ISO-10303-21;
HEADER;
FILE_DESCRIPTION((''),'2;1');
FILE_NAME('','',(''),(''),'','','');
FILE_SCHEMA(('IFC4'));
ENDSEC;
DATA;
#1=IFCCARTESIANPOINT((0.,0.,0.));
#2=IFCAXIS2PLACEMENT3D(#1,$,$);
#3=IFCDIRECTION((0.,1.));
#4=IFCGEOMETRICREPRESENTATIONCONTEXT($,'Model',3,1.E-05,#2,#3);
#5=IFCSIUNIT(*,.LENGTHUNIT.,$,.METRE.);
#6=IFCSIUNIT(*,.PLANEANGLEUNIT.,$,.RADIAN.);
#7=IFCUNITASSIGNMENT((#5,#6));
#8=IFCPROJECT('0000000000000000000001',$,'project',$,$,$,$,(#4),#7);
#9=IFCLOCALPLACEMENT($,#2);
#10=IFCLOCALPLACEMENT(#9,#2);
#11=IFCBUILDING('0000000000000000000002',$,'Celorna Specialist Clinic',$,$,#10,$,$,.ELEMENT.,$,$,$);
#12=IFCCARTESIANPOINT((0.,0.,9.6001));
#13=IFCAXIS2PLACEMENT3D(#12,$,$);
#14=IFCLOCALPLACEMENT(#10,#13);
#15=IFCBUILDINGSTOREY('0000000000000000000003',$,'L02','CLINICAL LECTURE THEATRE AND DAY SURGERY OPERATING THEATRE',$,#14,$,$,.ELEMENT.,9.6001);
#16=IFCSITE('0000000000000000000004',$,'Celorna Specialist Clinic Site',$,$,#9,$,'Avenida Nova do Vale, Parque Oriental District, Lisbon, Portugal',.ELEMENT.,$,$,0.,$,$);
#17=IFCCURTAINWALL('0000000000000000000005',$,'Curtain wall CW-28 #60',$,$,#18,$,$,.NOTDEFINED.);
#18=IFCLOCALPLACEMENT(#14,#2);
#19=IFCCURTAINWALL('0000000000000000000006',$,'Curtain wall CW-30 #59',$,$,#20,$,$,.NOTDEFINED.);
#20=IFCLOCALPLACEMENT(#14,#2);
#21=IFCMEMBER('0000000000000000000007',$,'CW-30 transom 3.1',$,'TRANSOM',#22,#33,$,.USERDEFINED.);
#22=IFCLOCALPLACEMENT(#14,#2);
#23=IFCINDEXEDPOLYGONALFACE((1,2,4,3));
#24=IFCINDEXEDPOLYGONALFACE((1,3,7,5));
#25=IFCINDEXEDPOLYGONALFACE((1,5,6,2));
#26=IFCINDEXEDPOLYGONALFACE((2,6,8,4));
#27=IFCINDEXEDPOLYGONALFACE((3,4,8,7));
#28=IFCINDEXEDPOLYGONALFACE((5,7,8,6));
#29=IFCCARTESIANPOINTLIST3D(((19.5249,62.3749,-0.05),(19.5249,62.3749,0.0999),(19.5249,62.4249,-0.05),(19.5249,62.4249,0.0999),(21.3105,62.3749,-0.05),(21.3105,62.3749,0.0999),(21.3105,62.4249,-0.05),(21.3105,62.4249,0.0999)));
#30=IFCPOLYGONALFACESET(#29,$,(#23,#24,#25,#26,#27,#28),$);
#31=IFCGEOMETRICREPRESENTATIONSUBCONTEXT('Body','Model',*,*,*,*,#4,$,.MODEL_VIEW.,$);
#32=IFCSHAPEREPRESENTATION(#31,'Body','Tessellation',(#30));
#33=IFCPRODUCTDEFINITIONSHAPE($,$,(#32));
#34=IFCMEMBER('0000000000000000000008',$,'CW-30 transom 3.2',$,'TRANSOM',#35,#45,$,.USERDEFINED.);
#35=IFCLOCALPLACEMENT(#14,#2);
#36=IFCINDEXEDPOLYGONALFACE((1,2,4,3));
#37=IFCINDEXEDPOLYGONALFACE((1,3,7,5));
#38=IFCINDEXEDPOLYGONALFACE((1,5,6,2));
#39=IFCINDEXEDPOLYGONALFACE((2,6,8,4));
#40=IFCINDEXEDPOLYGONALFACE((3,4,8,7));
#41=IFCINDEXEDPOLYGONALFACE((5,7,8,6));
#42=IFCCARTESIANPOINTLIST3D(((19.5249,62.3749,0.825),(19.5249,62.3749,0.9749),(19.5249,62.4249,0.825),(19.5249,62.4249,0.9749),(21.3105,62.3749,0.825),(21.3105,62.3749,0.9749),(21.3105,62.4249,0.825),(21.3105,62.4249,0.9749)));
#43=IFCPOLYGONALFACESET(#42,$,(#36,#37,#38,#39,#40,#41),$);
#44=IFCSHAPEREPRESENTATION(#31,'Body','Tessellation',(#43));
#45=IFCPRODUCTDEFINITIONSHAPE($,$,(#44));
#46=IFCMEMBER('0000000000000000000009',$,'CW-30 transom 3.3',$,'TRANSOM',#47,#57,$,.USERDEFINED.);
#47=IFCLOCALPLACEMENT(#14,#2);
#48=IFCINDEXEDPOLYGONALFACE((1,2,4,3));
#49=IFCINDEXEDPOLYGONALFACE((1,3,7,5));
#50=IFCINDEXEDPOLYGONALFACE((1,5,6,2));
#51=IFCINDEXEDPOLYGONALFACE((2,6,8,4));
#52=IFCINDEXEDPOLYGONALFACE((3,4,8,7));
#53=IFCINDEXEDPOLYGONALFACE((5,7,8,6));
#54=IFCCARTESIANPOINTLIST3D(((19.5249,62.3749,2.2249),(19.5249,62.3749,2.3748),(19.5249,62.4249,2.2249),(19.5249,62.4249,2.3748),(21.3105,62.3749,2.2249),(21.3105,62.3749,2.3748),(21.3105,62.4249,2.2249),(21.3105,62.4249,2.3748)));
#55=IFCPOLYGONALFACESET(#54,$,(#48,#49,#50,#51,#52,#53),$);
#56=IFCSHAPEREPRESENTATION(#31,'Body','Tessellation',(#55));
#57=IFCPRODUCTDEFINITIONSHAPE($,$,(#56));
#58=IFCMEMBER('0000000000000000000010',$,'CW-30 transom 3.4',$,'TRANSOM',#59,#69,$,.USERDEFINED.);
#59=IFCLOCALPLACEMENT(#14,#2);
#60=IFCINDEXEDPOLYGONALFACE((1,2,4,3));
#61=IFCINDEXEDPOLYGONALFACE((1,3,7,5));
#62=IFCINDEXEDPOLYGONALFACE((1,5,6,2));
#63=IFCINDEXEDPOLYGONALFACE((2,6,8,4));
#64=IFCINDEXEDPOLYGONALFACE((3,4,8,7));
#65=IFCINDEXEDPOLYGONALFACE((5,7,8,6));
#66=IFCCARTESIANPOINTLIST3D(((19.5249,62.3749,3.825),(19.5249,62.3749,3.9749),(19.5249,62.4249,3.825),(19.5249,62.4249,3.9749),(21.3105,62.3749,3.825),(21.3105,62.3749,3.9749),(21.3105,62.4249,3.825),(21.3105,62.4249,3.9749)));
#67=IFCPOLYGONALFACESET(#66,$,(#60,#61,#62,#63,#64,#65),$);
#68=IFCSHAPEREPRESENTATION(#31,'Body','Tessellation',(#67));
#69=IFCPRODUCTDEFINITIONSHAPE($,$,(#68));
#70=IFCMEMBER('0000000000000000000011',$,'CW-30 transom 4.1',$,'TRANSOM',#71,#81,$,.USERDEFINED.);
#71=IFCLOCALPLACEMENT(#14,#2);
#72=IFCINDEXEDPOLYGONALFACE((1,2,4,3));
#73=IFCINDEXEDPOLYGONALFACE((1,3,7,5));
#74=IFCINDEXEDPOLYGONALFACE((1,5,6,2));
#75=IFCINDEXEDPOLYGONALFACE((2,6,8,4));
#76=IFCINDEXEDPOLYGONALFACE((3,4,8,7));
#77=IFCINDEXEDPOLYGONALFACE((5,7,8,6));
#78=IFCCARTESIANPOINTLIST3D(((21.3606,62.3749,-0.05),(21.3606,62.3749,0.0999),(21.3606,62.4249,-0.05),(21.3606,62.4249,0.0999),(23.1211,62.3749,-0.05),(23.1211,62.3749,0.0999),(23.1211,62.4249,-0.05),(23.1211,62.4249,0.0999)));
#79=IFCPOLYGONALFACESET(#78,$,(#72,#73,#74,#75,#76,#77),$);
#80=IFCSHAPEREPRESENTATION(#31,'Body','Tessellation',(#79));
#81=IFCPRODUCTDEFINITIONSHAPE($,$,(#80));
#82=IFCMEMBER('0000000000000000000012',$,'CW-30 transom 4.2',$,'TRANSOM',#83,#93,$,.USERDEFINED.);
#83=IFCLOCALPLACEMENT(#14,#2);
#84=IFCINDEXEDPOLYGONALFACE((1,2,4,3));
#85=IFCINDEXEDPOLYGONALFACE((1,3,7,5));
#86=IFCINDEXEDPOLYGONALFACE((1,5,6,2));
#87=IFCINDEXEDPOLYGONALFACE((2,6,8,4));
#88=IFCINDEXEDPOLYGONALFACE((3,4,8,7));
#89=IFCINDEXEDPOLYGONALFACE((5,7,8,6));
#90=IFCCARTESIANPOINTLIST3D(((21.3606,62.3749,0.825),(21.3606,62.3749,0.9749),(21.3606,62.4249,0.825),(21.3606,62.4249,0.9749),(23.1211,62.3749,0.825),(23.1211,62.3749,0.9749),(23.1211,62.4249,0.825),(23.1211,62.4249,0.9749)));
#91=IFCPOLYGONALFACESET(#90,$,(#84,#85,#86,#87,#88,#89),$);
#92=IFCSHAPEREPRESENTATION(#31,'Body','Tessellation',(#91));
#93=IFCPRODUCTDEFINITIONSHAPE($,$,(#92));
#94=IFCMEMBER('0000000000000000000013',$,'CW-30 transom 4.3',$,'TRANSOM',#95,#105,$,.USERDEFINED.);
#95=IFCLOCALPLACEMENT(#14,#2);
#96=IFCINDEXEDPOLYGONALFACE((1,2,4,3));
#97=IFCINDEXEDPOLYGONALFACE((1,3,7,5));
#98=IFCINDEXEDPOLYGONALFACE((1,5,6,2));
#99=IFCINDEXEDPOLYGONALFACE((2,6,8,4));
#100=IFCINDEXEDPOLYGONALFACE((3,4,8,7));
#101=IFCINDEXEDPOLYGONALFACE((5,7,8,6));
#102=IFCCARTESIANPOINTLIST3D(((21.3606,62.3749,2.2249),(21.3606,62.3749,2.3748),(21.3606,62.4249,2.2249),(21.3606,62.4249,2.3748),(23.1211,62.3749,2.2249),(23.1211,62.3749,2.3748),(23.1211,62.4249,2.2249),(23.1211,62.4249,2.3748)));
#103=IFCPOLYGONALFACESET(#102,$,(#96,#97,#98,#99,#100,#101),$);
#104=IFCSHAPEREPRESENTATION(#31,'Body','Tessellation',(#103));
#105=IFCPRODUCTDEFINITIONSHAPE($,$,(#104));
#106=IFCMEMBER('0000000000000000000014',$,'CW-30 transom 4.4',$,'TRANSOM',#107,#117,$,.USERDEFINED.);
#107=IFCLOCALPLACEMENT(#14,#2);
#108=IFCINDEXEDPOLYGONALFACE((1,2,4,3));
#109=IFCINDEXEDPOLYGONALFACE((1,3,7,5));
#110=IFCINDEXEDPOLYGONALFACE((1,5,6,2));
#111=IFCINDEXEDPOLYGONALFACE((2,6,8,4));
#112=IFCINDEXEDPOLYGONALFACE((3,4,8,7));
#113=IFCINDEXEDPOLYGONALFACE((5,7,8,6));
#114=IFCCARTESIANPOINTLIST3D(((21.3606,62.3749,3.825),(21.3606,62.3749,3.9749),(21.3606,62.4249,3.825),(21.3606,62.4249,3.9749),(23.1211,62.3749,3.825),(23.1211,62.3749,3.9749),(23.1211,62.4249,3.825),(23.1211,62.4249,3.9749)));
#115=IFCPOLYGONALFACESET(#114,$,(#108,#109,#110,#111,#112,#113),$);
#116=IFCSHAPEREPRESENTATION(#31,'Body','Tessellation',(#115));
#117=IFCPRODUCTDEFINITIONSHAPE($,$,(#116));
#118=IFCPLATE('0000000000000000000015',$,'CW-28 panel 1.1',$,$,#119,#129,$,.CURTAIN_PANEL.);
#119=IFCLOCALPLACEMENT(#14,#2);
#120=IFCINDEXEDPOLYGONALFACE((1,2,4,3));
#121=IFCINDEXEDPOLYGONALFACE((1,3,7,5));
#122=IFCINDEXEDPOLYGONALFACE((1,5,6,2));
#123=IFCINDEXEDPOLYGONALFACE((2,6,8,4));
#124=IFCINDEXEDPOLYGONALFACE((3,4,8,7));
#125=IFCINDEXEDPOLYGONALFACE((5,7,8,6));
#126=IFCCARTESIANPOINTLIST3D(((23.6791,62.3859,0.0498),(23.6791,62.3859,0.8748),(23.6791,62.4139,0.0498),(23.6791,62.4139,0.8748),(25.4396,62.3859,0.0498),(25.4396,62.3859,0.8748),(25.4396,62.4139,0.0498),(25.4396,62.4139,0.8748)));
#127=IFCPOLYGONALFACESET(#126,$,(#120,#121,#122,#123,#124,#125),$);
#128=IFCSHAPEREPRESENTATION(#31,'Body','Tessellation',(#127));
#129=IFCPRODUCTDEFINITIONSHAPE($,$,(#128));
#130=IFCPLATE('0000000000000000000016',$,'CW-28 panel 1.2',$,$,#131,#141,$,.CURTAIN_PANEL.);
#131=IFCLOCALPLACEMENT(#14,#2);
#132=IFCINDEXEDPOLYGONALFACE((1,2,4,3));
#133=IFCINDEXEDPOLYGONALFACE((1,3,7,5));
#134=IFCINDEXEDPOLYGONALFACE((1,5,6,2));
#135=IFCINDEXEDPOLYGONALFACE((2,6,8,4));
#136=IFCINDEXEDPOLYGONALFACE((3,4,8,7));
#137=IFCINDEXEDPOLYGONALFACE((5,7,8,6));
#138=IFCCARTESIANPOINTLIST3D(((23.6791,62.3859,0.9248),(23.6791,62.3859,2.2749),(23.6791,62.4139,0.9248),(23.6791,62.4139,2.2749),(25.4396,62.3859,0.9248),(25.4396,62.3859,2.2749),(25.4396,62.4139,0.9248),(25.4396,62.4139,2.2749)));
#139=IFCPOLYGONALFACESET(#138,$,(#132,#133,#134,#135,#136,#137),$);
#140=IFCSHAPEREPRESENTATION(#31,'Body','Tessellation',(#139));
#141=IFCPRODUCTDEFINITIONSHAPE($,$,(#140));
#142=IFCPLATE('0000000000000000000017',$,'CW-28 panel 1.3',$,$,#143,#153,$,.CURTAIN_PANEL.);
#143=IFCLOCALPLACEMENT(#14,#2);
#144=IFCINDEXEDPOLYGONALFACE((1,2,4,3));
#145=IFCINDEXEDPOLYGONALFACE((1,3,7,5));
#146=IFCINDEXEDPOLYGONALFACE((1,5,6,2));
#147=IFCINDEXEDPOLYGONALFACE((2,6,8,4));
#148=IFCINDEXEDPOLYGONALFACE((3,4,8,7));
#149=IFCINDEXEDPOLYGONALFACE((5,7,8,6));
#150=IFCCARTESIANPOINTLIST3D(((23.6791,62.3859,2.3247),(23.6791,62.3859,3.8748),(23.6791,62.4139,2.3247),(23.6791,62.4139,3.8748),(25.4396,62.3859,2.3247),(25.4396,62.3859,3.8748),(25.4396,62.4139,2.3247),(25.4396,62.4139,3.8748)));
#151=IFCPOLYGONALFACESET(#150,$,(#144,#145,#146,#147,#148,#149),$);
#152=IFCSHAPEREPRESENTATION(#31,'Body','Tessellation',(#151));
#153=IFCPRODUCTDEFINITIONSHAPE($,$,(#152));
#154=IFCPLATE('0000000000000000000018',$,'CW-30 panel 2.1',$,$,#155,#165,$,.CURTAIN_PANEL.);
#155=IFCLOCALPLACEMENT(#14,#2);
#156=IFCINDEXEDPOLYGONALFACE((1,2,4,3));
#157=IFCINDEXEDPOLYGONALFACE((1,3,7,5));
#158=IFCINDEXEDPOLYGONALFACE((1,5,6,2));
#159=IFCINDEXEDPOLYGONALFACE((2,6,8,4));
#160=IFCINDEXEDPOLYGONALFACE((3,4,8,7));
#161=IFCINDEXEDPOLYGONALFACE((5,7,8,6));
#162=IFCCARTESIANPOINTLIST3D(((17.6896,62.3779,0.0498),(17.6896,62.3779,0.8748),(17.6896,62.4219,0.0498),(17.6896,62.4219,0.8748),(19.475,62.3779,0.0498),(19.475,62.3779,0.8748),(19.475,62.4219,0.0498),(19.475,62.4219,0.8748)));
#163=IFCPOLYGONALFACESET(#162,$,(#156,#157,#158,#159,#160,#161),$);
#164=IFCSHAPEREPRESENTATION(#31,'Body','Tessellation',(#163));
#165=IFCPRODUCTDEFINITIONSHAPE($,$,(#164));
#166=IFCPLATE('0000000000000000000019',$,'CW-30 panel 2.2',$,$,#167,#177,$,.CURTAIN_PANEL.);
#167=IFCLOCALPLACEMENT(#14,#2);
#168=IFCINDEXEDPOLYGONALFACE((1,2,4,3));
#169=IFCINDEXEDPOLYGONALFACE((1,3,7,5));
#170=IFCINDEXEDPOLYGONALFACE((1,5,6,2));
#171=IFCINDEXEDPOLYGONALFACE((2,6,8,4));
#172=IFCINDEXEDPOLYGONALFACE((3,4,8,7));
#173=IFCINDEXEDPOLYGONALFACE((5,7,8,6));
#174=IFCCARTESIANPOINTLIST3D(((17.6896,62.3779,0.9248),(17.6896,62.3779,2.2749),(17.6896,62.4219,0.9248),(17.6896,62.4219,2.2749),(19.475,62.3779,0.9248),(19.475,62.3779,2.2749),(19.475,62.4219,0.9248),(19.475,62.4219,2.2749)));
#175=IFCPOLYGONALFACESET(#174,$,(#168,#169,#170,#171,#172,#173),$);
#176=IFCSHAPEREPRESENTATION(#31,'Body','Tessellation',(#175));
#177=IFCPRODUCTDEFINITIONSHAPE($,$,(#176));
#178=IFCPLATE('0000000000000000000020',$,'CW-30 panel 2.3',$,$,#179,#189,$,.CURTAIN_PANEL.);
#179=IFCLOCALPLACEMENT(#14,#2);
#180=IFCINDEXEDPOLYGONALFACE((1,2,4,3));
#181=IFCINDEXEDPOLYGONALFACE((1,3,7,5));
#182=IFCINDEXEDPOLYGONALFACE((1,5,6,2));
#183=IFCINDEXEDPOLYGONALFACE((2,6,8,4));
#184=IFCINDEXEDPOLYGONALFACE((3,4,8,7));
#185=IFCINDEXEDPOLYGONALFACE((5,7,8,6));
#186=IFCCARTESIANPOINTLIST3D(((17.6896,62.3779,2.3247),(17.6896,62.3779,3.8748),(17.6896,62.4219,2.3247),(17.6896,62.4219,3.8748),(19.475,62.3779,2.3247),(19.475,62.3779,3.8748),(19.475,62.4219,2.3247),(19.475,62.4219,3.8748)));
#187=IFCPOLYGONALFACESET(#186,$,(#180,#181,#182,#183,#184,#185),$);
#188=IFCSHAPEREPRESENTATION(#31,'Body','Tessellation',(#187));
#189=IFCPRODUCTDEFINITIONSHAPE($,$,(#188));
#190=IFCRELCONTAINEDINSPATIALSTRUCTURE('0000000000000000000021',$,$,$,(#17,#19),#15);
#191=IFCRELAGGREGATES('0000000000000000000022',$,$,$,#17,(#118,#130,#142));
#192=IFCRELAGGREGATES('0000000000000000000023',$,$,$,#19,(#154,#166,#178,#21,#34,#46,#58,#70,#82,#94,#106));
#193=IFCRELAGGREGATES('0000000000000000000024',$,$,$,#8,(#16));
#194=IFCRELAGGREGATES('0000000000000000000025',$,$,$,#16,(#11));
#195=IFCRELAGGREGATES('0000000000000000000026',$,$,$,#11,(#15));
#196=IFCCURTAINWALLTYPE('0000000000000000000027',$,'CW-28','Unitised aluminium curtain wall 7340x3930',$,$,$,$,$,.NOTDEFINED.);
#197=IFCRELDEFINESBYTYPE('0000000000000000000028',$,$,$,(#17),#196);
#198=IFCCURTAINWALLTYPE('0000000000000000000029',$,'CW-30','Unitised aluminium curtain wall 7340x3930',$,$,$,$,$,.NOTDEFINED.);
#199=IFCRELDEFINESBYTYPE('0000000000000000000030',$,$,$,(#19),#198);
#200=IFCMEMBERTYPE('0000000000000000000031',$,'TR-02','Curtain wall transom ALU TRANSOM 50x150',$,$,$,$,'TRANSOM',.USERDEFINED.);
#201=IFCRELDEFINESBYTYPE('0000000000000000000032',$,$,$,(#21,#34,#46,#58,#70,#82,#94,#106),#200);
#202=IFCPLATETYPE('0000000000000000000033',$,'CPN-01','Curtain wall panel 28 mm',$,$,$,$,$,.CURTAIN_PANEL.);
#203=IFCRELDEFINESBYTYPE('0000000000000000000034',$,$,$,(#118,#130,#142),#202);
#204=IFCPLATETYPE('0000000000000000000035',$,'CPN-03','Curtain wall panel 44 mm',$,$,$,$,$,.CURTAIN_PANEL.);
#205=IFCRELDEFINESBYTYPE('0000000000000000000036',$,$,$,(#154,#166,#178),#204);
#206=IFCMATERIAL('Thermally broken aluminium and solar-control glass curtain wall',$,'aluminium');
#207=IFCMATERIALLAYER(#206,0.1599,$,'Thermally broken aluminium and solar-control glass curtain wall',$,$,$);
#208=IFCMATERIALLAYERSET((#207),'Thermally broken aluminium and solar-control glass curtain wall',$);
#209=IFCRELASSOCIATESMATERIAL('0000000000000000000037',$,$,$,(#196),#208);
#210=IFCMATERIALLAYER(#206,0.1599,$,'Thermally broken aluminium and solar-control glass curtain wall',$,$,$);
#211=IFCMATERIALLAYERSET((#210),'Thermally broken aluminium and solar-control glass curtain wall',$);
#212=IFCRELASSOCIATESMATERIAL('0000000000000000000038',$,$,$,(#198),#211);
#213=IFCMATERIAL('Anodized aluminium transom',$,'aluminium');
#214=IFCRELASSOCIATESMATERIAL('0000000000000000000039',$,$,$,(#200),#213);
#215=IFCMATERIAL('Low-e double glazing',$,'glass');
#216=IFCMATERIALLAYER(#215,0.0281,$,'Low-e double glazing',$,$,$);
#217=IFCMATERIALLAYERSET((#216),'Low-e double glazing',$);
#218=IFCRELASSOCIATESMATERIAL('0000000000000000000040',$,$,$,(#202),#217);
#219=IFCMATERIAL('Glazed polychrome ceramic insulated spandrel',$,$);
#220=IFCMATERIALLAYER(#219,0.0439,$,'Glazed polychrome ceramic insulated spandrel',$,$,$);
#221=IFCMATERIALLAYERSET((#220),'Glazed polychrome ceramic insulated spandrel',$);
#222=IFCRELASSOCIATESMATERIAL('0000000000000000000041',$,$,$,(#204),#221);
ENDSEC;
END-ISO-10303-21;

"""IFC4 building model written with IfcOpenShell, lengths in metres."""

from ifc_helpers import new_model, si_unit, direction, frame, origin, origin_2d, place, context, subcontext, project, spatial, rectangle, extrude, material, layer, layer_set, material_profile, profile_set, type_object, element, aggregate, save


model = new_model("IFC4")

# Units and contexts
model_context = context("Model", 3, precision=1e-05, world=origin(), true_north=direction((0.0, 1.0)))
body_context = subcontext(model_context, "Body", "Model", "MODEL_VIEW")
ifc_project = project(units=[si_unit("LENGTHUNIT", "METRE"), si_unit("PLANEANGLEUNIT", "RADIAN")], contexts=[model_context])

# Site, building, storey
site_placement = place(None, origin())
site = spatial("IfcSite", under=ifc_project, at=site_placement, Name="Celorna Specialist Clinic Site", LongName="Avenida Nova do Vale, Parque Oriental District, Lisbon, Portugal", CompositionType="ELEMENT", RefElevation=0.0)
building_placement = place(site_placement, origin())
building = spatial("IfcBuilding", under=site, at=building_placement, Name="Celorna Specialist Clinic", CompositionType="ELEMENT")
storey_placement = place(building_placement, frame((0.0, 0.0, 9.6001)))
storey = spatial("IfcBuildingStorey", under=building, at=storey_placement, Name="L02", Description="CLINICAL LECTURE THEATRE AND DAY SURGERY OPERATING THEATRE", CompositionType="ELEMENT", Elevation=9.6001)

# Curtain walls
ifc_material_1 = material(Name="Thermally broken aluminium and solar-control glass curtain wall", Category="aluminium")
ifc_layer_1 = layer(ifc_material_1, 0.1599, Name="Thermally broken aluminium and solar-control glass curtain wall")
ifc_layer_set_1 = layer_set([ifc_layer_1], Name="Thermally broken aluminium and solar-control glass curtain wall")
curtain_wall_type_1 = type_object("IfcCurtainWallType", Name="CW-28", Description="Unitised aluminium curtain wall 7340x3930", PredefinedType="NOTDEFINED", material=ifc_layer_set_1)
curtain_wall_1_placement = place(storey_placement, origin())
curtain_wall_1 = element("IfcCurtainWall", 1, at=curtain_wall_1_placement, inside=storey, type_object=curtain_wall_type_1, Name="Curtain wall CW-28 #60", PredefinedType="NOTDEFINED")
ifc_layer_2 = layer(ifc_material_1, 0.1599, Name="Thermally broken aluminium and solar-control glass curtain wall")
ifc_layer_set_2 = layer_set([ifc_layer_2], Name="Thermally broken aluminium and solar-control glass curtain wall")
curtain_wall_type_2 = type_object("IfcCurtainWallType", Name="CW-30", Description="Unitised aluminium curtain wall 7340x3930", PredefinedType="NOTDEFINED", material=ifc_layer_set_2)
curtain_wall_2_placement = place(storey_placement, origin())
curtain_wall_2 = element("IfcCurtainWall", 2, at=curtain_wall_2_placement, inside=storey, type_object=curtain_wall_type_2, Name="Curtain wall CW-30 #59", PredefinedType="NOTDEFINED")

# Members
ifc_material_2 = material(Name="Anodized aluminium transom", Category="aluminium")
ifc_material_profile_1 = material_profile(ifc_material_2, rectangle(XDim=0.05, YDim=0.1499, at=origin_2d()), Name="ALU TRANSOM 50x150")
ifc_profile_set_1 = profile_set([ifc_material_profile_1], Name="Anodized aluminium transom")
member_type_1 = type_object("IfcMemberType", Name="TR-02", Description="Curtain wall transom ALU TRANSOM 50x150", ElementType="TRANSOM", PredefinedType="USERDEFINED", material=ifc_profile_set_1)
member_1_placement = place(storey_placement, frame((19.5249, 62.3999, 0.0249), z_axis=(1.0, 0.0, 0.0), x_axis=(0.0, 1.0, 0.0)))
member_1 = element("IfcMember", 3, at=member_1_placement, type_object=member_type_1, Name="CW-30 transom 3.1", ObjectType="TRANSOM", PredefinedType="USERDEFINED", context=body_context, shape_type="SweptSolid", body=[
    extrude(rectangle(XDim=0.05, YDim=0.1499, at=origin_2d()), origin(), (0.0, 0.0, 1.0), 1.7856),
])
member_2_placement = place(storey_placement, frame((19.5249, 62.3999, 0.8999), z_axis=(1.0, 0.0, 0.0), x_axis=(0.0, 1.0, 0.0)))
member_2 = element("IfcMember", 4, at=member_2_placement, type_object=member_type_1, Name="CW-30 transom 3.2", ObjectType="TRANSOM", PredefinedType="USERDEFINED", context=body_context, shape_type="SweptSolid", body=[
    extrude(rectangle(XDim=0.05, YDim=0.1499, at=origin_2d()), origin(), (0.0, 0.0, 1.0), 1.7856),
])
member_3_placement = place(storey_placement, frame((19.5249, 62.3999, 2.2998), z_axis=(1.0, 0.0, 0.0), x_axis=(0.0, 1.0, 0.0)))
member_3 = element("IfcMember", 5, at=member_3_placement, type_object=member_type_1, Name="CW-30 transom 3.3", ObjectType="TRANSOM", PredefinedType="USERDEFINED", context=body_context, shape_type="SweptSolid", body=[
    extrude(rectangle(XDim=0.05, YDim=0.1499, at=origin_2d()), origin(), (0.0, 0.0, 1.0), 1.7856),
])
member_4_placement = place(storey_placement, frame((19.5249, 62.3999, 3.8999), z_axis=(1.0, 0.0, 0.0), x_axis=(0.0, 1.0, 0.0)))
member_4 = element("IfcMember", 6, at=member_4_placement, type_object=member_type_1, Name="CW-30 transom 3.4", ObjectType="TRANSOM", PredefinedType="USERDEFINED", context=body_context, shape_type="SweptSolid", body=[
    extrude(rectangle(XDim=0.05, YDim=0.1499, at=origin_2d()), origin(), (0.0, 0.0, 1.0), 1.7856),
])
member_5_placement = place(storey_placement, frame((21.3606, 62.3999, 0.0249), z_axis=(1.0, 0.0, 0.0), x_axis=(0.0, 1.0, 0.0)))
member_5 = element("IfcMember", 7, at=member_5_placement, type_object=member_type_1, Name="CW-30 transom 4.1", ObjectType="TRANSOM", PredefinedType="USERDEFINED", context=body_context, shape_type="SweptSolid", body=[
    extrude(rectangle(XDim=0.05, YDim=0.1499, at=origin_2d()), origin(), (0.0, 0.0, 1.0), 1.7605),
])
member_6_placement = place(storey_placement, frame((21.3606, 62.3999, 0.8999), z_axis=(1.0, 0.0, 0.0), x_axis=(0.0, 1.0, 0.0)))
member_6 = element("IfcMember", 8, at=member_6_placement, type_object=member_type_1, Name="CW-30 transom 4.2", ObjectType="TRANSOM", PredefinedType="USERDEFINED", context=body_context, shape_type="SweptSolid", body=[
    extrude(rectangle(XDim=0.05, YDim=0.1499, at=origin_2d()), origin(), (0.0, 0.0, 1.0), 1.7605),
])
member_7_placement = place(storey_placement, frame((21.3606, 62.3999, 2.2998), z_axis=(1.0, 0.0, 0.0), x_axis=(0.0, 1.0, 0.0)))
member_7 = element("IfcMember", 9, at=member_7_placement, type_object=member_type_1, Name="CW-30 transom 4.3", ObjectType="TRANSOM", PredefinedType="USERDEFINED", context=body_context, shape_type="SweptSolid", body=[
    extrude(rectangle(XDim=0.05, YDim=0.1499, at=origin_2d()), origin(), (0.0, 0.0, 1.0), 1.7605),
])
member_8_placement = place(storey_placement, frame((21.3606, 62.3999, 3.8999), z_axis=(1.0, 0.0, 0.0), x_axis=(0.0, 1.0, 0.0)))
member_8 = element("IfcMember", 10, at=member_8_placement, type_object=member_type_1, Name="CW-30 transom 4.4", ObjectType="TRANSOM", PredefinedType="USERDEFINED", context=body_context, shape_type="SweptSolid", body=[
    extrude(rectangle(XDim=0.05, YDim=0.1499, at=origin_2d()), origin(), (0.0, 0.0, 1.0), 1.7605),
])

# Plates
ifc_material_3 = material(Name="Low-e double glazing", Category="glass")
ifc_layer_3 = layer(ifc_material_3, 0.0281, Name="Low-e double glazing")
ifc_layer_set_3 = layer_set([ifc_layer_3], Name="Low-e double glazing")
plate_type_1 = type_object("IfcPlateType", Name="CPN-01", Description="Curtain wall panel 28 mm", PredefinedType="CURTAIN_PANEL", material=ifc_layer_set_3)
plate_1_placement = place(storey_placement, frame((24.5593, 62.3999, 0.0498), z_axis=(0.0, 0.0, 1.0), x_axis=(1.0, 0.0, 0.0)))
plate_1 = element("IfcPlate", 11, at=plate_1_placement, type_object=plate_type_1, Name="CW-28 panel 1.1", PredefinedType="CURTAIN_PANEL", context=body_context, shape_type="SweptSolid", body=[
    extrude(rectangle(XDim=1.7605, YDim=0.0281, at=origin_2d()), origin(), (0.0, 0.0, 1.0), 0.825),
])
plate_2_placement = place(storey_placement, frame((24.5593, 62.3999, 0.9248), z_axis=(0.0, 0.0, 1.0), x_axis=(1.0, 0.0, 0.0)))
plate_2 = element("IfcPlate", 12, at=plate_2_placement, type_object=plate_type_1, Name="CW-28 panel 1.2", PredefinedType="CURTAIN_PANEL", context=body_context, shape_type="SweptSolid", body=[
    extrude(rectangle(XDim=1.7605, YDim=0.0281, at=origin_2d()), origin(), (0.0, 0.0, 1.0), 1.3501),
])
plate_3_placement = place(storey_placement, frame((24.5593, 62.3999, 2.3247), z_axis=(0.0, 0.0, 1.0), x_axis=(1.0, 0.0, 0.0)))
plate_3 = element("IfcPlate", 13, at=plate_3_placement, type_object=plate_type_1, Name="CW-28 panel 1.3", PredefinedType="CURTAIN_PANEL", context=body_context, shape_type="SweptSolid", body=[
    extrude(rectangle(XDim=1.7605, YDim=0.0281, at=origin_2d()), origin(), (0.0, 0.0, 1.0), 1.55),
])
aggregate(curtain_wall_1, [plate_1, plate_2, plate_3])
ifc_material_4 = material(Name="Glazed polychrome ceramic insulated spandrel")
ifc_layer_4 = layer(ifc_material_4, 0.0439, Name="Glazed polychrome ceramic insulated spandrel")
ifc_layer_set_4 = layer_set([ifc_layer_4], Name="Glazed polychrome ceramic insulated spandrel")
plate_type_2 = type_object("IfcPlateType", Name="CPN-03", Description="Curtain wall panel 44 mm", PredefinedType="CURTAIN_PANEL", material=ifc_layer_set_4)
plate_4_placement = place(storey_placement, frame((18.5823, 62.3999, 0.0498), z_axis=(0.0, 0.0, 1.0), x_axis=(1.0, 0.0, 0.0)))
plate_4 = element("IfcPlate", 14, at=plate_4_placement, type_object=plate_type_2, Name="CW-30 panel 2.1", PredefinedType="CURTAIN_PANEL", context=body_context, shape_type="SweptSolid", body=[
    extrude(rectangle(XDim=1.7854, YDim=0.0439, at=origin_2d()), origin(), (0.0, 0.0, 1.0), 0.825),
])
plate_5_placement = place(storey_placement, frame((18.5823, 62.3999, 0.9248), z_axis=(0.0, 0.0, 1.0), x_axis=(1.0, 0.0, 0.0)))
plate_5 = element("IfcPlate", 15, at=plate_5_placement, type_object=plate_type_2, Name="CW-30 panel 2.2", PredefinedType="CURTAIN_PANEL", context=body_context, shape_type="SweptSolid", body=[
    extrude(rectangle(XDim=1.7854, YDim=0.0439, at=origin_2d()), origin(), (0.0, 0.0, 1.0), 1.3501),
])
plate_6_placement = place(storey_placement, frame((18.5823, 62.3999, 2.3247), z_axis=(0.0, 0.0, 1.0), x_axis=(1.0, 0.0, 0.0)))
plate_6 = element("IfcPlate", 16, at=plate_6_placement, type_object=plate_type_2, Name="CW-30 panel 2.3", PredefinedType="CURTAIN_PANEL", context=body_context, shape_type="SweptSolid", body=[
    extrude(rectangle(XDim=1.7854, YDim=0.0439, at=origin_2d()), origin(), (0.0, 0.0, 1.0), 1.55),
])
aggregate(curtain_wall_2, [plate_4, plate_5, plate_6, member_1, member_2, member_3, member_4, member_5, member_6, member_7, member_8])

save(model, "model.ifc")
